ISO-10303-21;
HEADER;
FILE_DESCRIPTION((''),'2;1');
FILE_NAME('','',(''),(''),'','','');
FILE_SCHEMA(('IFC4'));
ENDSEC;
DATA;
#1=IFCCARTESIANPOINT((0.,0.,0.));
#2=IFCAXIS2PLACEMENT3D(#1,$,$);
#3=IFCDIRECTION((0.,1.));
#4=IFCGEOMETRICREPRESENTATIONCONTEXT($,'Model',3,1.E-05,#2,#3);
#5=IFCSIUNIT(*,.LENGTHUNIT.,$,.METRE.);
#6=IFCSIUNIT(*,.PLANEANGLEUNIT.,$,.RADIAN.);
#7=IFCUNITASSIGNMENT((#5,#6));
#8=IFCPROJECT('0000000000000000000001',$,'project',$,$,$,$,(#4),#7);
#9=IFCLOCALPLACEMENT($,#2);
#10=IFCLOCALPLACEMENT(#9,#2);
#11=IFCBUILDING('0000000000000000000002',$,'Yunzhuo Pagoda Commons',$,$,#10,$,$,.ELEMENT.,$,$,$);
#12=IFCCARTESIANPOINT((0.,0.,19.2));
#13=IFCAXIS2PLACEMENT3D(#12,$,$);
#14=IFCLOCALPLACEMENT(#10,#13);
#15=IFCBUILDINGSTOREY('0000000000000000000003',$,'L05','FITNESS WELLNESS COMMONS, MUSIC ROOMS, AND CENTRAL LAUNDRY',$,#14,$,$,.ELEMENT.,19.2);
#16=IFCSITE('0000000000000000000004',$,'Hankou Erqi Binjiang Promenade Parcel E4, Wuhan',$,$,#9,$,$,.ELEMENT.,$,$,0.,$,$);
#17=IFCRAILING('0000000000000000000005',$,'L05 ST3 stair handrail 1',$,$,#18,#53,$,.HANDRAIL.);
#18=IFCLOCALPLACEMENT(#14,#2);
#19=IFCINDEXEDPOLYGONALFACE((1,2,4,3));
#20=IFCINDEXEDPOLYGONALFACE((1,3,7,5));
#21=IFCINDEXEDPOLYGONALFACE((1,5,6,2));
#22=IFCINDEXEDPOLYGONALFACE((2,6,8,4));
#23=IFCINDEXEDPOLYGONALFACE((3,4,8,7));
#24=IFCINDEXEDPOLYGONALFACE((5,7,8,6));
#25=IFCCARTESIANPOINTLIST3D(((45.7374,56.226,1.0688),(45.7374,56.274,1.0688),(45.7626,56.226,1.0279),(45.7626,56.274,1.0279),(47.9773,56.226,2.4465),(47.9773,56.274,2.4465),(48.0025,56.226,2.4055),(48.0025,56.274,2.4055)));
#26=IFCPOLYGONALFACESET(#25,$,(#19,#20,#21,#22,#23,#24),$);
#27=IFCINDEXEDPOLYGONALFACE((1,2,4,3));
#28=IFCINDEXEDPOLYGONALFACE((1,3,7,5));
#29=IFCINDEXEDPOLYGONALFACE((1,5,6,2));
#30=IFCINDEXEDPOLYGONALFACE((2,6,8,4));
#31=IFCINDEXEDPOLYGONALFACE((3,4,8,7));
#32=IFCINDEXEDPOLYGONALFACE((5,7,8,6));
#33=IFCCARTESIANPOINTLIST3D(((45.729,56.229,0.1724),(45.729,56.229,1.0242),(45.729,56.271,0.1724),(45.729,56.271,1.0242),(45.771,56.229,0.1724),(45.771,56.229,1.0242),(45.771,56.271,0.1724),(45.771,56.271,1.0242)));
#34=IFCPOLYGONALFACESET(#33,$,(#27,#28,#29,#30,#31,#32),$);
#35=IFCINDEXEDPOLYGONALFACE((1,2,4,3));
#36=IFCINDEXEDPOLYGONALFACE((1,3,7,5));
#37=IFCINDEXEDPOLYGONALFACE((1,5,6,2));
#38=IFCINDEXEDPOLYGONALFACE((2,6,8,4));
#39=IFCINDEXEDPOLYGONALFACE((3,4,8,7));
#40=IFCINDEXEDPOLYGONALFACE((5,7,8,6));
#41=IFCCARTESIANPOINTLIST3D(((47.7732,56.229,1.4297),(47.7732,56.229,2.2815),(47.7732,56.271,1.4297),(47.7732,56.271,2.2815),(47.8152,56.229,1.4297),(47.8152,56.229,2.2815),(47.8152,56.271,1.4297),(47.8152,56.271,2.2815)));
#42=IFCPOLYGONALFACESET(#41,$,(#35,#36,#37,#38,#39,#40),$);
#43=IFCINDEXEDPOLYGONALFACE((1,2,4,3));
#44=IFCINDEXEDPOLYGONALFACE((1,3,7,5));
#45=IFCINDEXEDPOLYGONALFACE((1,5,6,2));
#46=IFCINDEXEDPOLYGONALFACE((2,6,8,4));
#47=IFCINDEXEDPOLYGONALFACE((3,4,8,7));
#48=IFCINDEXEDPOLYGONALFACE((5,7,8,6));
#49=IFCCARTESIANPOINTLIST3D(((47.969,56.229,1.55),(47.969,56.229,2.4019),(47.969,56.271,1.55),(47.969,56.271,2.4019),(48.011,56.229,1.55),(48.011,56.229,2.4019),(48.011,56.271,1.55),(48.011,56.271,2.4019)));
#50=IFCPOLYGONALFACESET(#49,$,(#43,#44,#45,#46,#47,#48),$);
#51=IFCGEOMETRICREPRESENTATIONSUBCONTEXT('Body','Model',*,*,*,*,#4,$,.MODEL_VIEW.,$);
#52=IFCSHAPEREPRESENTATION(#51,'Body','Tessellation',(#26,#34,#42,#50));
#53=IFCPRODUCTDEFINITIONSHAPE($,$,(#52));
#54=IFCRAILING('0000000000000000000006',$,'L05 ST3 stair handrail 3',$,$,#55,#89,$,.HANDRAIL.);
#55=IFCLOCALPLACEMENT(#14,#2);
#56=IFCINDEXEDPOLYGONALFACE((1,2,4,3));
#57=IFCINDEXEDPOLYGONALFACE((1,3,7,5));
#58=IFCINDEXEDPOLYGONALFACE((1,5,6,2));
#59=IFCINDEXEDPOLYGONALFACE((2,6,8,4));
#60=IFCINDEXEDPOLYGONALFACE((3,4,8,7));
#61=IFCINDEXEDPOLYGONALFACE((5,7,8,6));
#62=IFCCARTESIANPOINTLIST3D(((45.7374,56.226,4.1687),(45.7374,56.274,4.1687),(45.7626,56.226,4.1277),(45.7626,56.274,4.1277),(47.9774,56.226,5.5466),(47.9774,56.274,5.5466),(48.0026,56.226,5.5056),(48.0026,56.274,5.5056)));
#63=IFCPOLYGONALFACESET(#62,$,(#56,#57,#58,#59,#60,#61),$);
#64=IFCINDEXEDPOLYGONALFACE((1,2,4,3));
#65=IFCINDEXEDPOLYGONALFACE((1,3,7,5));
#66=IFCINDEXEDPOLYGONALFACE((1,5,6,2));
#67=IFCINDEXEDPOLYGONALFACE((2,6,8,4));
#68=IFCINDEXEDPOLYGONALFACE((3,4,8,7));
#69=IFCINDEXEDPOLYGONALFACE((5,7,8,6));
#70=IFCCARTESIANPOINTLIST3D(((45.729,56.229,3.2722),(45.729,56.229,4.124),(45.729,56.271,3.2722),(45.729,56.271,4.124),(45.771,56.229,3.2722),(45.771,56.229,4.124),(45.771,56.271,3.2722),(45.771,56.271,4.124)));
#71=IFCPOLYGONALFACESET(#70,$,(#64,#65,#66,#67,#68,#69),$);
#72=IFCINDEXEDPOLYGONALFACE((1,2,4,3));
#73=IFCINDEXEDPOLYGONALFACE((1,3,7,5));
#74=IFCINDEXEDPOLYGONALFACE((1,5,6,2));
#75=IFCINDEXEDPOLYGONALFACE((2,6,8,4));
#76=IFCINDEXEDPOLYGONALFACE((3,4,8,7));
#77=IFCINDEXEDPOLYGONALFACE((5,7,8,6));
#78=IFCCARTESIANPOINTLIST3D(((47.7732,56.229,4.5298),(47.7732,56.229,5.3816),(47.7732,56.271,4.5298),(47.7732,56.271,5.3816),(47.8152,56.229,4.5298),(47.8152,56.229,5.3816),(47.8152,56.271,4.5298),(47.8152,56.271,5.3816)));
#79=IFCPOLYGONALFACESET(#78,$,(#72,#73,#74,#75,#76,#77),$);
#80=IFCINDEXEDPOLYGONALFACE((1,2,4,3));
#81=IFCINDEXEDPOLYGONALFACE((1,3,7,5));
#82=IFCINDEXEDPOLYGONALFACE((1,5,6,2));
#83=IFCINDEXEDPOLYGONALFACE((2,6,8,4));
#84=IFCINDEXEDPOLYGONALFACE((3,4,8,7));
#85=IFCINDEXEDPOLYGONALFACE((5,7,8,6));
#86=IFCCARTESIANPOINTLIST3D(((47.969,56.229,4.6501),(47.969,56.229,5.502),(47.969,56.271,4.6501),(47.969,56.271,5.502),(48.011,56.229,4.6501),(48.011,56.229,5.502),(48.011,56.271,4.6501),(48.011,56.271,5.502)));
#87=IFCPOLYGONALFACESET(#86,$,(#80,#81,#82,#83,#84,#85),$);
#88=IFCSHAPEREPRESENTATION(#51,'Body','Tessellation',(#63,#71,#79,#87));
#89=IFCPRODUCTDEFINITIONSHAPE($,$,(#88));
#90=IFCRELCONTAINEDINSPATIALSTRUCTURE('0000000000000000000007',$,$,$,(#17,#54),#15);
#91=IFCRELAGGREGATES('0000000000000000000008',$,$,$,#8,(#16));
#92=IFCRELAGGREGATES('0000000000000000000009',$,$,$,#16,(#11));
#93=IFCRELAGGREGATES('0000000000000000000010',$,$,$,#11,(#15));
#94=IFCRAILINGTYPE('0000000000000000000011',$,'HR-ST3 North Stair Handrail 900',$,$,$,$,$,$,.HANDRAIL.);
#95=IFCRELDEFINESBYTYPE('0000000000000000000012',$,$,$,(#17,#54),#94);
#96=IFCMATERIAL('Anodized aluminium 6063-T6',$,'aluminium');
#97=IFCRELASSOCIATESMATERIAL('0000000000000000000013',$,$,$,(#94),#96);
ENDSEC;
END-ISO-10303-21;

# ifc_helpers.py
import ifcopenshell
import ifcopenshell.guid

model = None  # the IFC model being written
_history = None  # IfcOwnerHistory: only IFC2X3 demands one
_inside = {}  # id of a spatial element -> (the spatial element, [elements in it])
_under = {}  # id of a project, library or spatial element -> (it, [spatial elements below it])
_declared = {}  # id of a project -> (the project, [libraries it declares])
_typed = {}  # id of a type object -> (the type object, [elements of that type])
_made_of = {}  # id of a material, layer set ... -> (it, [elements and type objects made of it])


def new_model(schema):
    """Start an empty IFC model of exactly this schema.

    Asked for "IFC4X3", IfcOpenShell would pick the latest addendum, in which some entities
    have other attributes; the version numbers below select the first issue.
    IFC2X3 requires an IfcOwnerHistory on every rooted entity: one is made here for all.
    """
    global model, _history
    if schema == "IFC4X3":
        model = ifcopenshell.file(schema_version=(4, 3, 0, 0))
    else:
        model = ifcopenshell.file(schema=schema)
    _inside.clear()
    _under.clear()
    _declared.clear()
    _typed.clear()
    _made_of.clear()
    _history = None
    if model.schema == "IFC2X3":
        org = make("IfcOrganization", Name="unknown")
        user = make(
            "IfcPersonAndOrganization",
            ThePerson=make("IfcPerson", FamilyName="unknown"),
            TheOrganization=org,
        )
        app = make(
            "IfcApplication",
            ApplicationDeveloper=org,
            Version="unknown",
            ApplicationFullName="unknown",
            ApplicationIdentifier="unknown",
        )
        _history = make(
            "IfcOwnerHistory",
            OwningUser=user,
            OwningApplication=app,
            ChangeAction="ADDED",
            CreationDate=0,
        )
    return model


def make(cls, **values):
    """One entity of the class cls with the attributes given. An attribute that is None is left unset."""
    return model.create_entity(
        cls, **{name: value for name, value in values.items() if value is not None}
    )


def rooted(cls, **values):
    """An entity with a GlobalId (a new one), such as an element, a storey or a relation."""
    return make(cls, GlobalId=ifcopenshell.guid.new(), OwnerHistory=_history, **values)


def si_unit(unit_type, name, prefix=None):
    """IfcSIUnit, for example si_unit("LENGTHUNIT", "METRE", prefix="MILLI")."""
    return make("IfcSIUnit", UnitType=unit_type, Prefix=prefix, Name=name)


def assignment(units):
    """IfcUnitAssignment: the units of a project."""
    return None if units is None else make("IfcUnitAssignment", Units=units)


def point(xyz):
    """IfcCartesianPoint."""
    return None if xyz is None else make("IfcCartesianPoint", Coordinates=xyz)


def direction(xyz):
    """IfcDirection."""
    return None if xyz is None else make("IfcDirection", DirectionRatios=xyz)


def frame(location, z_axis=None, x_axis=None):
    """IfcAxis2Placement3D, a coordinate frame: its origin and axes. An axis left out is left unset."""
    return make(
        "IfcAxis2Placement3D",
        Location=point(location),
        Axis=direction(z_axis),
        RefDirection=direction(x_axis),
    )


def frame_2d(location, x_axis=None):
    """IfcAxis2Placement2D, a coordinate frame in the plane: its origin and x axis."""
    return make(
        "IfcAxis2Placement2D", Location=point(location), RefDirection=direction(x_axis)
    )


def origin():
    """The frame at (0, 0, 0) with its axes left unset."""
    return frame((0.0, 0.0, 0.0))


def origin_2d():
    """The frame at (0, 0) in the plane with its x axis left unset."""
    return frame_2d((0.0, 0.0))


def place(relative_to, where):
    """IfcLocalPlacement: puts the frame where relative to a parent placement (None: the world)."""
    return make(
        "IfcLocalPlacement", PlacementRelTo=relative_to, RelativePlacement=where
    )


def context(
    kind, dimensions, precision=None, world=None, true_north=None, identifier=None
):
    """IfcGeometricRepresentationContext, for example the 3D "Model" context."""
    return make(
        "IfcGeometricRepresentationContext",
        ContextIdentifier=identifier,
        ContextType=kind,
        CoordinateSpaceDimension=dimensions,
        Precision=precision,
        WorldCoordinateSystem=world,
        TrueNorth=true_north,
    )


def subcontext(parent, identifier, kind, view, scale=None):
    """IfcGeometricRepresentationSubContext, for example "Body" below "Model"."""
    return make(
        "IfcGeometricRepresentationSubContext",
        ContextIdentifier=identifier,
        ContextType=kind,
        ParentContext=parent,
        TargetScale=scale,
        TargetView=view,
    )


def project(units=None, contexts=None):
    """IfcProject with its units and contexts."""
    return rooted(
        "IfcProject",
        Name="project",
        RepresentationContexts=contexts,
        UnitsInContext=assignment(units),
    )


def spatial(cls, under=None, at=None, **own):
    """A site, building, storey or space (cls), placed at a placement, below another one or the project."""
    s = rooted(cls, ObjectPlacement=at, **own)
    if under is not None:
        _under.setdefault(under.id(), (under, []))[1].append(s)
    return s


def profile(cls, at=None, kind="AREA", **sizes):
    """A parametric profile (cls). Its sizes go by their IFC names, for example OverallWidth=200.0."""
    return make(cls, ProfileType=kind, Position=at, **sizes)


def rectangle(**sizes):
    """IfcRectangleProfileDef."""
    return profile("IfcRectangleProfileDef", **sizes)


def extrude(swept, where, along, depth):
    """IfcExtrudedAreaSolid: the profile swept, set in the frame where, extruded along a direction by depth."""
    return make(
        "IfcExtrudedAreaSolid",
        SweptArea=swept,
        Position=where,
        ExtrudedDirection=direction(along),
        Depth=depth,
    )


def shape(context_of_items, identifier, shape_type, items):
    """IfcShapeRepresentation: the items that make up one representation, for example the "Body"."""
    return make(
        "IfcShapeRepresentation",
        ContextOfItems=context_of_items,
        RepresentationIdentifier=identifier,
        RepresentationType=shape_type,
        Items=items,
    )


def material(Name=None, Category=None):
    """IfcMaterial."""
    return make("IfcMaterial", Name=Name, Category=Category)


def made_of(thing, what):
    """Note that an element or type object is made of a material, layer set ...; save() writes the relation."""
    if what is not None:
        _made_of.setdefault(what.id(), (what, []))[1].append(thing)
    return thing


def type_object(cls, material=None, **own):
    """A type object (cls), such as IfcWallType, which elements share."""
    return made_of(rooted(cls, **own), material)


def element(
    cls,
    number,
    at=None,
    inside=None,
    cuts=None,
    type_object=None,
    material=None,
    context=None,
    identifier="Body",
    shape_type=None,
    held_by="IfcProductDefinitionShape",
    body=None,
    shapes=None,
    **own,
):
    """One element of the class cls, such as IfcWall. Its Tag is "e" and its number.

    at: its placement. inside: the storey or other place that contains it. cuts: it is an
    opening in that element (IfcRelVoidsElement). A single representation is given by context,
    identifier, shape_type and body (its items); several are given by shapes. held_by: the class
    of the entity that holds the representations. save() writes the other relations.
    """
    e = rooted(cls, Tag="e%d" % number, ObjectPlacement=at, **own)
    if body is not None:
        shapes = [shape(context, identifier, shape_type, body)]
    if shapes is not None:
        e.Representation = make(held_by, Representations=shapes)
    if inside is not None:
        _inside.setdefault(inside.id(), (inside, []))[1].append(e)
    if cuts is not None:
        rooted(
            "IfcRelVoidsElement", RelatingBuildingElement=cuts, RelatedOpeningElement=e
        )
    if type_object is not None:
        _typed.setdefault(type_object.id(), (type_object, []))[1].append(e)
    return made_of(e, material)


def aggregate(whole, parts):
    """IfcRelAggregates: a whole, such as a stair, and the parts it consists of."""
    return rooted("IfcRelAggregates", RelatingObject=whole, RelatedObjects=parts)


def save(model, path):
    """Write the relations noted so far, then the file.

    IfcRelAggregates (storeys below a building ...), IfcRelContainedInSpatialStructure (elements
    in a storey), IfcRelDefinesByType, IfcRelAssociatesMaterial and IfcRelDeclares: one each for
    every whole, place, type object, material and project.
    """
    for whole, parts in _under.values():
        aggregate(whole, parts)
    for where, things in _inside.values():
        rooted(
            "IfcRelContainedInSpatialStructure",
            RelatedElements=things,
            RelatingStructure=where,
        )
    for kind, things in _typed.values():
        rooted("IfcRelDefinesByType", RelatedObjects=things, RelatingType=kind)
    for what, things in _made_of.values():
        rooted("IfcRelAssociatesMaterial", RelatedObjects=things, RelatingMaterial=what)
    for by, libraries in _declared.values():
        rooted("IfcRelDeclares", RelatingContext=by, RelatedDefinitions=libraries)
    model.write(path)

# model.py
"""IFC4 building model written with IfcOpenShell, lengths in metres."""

from ifc_helpers import new_model, si_unit, direction, frame, origin, origin_2d, place, context, subcontext, project, spatial, rectangle, extrude, material, type_object, element, save


model = new_model("IFC4")

# Units and contexts
model_context = context("Model", 3, precision=1e-05, world=origin(), true_north=direction((0.0, 1.0)))
body_context = subcontext(model_context, "Body", "Model", "MODEL_VIEW")
ifc_project = project(units=[si_unit("LENGTHUNIT", "METRE"), si_unit("PLANEANGLEUNIT", "RADIAN")], contexts=[model_context])

# Site, building, storey
site_placement = place(None, origin())
site = spatial("IfcSite", under=ifc_project, at=site_placement, Name="Hankou Erqi Binjiang Promenade Parcel E4, Wuhan", CompositionType="ELEMENT", RefElevation=0.0)
building_placement = place(site_placement, origin())
building = spatial("IfcBuilding", under=site, at=building_placement, Name="Yunzhuo Pagoda Commons", CompositionType="ELEMENT")
storey_placement = place(building_placement, frame((0.0, 0.0, 19.2)))
storey = spatial("IfcBuildingStorey", under=building, at=storey_placement, Name="L05", Description="FITNESS WELLNESS COMMONS, MUSIC ROOMS, AND CENTRAL LAUNDRY", CompositionType="ELEMENT", Elevation=19.2)

# Railings
ifc_material_1 = material(Name="Anodized aluminium 6063-T6", Category="aluminium")
railing_type_1 = type_object("IfcRailingType", Name="HR-ST3 North Stair Handrail 900", PredefinedType="HANDRAIL", material=ifc_material_1)
railing_1_placement = place(storey_placement, frame((45.75, 56.25, 0.1724)))
element("IfcRailing", 1, at=railing_1_placement, inside=storey, type_object=railing_type_1, Name="L05 ST3 stair handrail 1", PredefinedType="HANDRAIL", context=body_context, shape_type="SweptSolid", body=[
    extrude(rectangle(XDim=0.0481, YDim=0.0481, at=origin_2d()), frame((0.0, 0.0, 0.876), z_axis=(0.851789, 0.0, 0.523885), x_axis=(0.0, 1.0, 0.0)), (0.0, 0.0, 1.0), 2.6296),
    extrude(rectangle(XDim=0.042, YDim=0.042, at=origin_2d()), origin(), (0.0, 0.0, 1.0), 0.8518),
    extrude(rectangle(XDim=0.042, YDim=0.042, at=origin_2d()), frame((2.0442, 0.0, 1.2573)), (0.0, 0.0, 1.0), 0.8518),
    extrude(rectangle(XDim=0.042, YDim=0.042, at=origin_2d()), frame((2.24, 0.0, 1.3777)), (0.0, 0.0, 1.0), 0.8518),
])
railing_2_placement = place(storey_placement, frame((45.75, 56.25, 3.2722)))
element("IfcRailing", 2, at=railing_2_placement, inside=storey, type_object=railing_type_1, Name="L05 ST3 stair handrail 3", PredefinedType="HANDRAIL", context=body_context, shape_type="SweptSolid", body=[
    extrude(rectangle(XDim=0.0481, YDim=0.0481, at=origin_2d()), frame((0.0, 0.0, 0.876), z_axis=(0.851748, 0.0, 0.523952), x_axis=(0.0, 1.0, 0.0)), (0.0, 0.0, 1.0), 2.6299),
    extrude(rectangle(XDim=0.042, YDim=0.042, at=origin_2d()), origin(), (0.0, 0.0, 1.0), 0.8518),
    extrude(rectangle(XDim=0.042, YDim=0.042, at=origin_2d()), frame((2.0442, 0.0, 1.2576)), (0.0, 0.0, 1.0), 0.8518),
    extrude(rectangle(XDim=0.042, YDim=0.042, at=origin_2d()), frame((2.24, 0.0, 1.3779)), (0.0, 0.0, 1.0), 0.8518),
])

save(model, "model.ifc")
